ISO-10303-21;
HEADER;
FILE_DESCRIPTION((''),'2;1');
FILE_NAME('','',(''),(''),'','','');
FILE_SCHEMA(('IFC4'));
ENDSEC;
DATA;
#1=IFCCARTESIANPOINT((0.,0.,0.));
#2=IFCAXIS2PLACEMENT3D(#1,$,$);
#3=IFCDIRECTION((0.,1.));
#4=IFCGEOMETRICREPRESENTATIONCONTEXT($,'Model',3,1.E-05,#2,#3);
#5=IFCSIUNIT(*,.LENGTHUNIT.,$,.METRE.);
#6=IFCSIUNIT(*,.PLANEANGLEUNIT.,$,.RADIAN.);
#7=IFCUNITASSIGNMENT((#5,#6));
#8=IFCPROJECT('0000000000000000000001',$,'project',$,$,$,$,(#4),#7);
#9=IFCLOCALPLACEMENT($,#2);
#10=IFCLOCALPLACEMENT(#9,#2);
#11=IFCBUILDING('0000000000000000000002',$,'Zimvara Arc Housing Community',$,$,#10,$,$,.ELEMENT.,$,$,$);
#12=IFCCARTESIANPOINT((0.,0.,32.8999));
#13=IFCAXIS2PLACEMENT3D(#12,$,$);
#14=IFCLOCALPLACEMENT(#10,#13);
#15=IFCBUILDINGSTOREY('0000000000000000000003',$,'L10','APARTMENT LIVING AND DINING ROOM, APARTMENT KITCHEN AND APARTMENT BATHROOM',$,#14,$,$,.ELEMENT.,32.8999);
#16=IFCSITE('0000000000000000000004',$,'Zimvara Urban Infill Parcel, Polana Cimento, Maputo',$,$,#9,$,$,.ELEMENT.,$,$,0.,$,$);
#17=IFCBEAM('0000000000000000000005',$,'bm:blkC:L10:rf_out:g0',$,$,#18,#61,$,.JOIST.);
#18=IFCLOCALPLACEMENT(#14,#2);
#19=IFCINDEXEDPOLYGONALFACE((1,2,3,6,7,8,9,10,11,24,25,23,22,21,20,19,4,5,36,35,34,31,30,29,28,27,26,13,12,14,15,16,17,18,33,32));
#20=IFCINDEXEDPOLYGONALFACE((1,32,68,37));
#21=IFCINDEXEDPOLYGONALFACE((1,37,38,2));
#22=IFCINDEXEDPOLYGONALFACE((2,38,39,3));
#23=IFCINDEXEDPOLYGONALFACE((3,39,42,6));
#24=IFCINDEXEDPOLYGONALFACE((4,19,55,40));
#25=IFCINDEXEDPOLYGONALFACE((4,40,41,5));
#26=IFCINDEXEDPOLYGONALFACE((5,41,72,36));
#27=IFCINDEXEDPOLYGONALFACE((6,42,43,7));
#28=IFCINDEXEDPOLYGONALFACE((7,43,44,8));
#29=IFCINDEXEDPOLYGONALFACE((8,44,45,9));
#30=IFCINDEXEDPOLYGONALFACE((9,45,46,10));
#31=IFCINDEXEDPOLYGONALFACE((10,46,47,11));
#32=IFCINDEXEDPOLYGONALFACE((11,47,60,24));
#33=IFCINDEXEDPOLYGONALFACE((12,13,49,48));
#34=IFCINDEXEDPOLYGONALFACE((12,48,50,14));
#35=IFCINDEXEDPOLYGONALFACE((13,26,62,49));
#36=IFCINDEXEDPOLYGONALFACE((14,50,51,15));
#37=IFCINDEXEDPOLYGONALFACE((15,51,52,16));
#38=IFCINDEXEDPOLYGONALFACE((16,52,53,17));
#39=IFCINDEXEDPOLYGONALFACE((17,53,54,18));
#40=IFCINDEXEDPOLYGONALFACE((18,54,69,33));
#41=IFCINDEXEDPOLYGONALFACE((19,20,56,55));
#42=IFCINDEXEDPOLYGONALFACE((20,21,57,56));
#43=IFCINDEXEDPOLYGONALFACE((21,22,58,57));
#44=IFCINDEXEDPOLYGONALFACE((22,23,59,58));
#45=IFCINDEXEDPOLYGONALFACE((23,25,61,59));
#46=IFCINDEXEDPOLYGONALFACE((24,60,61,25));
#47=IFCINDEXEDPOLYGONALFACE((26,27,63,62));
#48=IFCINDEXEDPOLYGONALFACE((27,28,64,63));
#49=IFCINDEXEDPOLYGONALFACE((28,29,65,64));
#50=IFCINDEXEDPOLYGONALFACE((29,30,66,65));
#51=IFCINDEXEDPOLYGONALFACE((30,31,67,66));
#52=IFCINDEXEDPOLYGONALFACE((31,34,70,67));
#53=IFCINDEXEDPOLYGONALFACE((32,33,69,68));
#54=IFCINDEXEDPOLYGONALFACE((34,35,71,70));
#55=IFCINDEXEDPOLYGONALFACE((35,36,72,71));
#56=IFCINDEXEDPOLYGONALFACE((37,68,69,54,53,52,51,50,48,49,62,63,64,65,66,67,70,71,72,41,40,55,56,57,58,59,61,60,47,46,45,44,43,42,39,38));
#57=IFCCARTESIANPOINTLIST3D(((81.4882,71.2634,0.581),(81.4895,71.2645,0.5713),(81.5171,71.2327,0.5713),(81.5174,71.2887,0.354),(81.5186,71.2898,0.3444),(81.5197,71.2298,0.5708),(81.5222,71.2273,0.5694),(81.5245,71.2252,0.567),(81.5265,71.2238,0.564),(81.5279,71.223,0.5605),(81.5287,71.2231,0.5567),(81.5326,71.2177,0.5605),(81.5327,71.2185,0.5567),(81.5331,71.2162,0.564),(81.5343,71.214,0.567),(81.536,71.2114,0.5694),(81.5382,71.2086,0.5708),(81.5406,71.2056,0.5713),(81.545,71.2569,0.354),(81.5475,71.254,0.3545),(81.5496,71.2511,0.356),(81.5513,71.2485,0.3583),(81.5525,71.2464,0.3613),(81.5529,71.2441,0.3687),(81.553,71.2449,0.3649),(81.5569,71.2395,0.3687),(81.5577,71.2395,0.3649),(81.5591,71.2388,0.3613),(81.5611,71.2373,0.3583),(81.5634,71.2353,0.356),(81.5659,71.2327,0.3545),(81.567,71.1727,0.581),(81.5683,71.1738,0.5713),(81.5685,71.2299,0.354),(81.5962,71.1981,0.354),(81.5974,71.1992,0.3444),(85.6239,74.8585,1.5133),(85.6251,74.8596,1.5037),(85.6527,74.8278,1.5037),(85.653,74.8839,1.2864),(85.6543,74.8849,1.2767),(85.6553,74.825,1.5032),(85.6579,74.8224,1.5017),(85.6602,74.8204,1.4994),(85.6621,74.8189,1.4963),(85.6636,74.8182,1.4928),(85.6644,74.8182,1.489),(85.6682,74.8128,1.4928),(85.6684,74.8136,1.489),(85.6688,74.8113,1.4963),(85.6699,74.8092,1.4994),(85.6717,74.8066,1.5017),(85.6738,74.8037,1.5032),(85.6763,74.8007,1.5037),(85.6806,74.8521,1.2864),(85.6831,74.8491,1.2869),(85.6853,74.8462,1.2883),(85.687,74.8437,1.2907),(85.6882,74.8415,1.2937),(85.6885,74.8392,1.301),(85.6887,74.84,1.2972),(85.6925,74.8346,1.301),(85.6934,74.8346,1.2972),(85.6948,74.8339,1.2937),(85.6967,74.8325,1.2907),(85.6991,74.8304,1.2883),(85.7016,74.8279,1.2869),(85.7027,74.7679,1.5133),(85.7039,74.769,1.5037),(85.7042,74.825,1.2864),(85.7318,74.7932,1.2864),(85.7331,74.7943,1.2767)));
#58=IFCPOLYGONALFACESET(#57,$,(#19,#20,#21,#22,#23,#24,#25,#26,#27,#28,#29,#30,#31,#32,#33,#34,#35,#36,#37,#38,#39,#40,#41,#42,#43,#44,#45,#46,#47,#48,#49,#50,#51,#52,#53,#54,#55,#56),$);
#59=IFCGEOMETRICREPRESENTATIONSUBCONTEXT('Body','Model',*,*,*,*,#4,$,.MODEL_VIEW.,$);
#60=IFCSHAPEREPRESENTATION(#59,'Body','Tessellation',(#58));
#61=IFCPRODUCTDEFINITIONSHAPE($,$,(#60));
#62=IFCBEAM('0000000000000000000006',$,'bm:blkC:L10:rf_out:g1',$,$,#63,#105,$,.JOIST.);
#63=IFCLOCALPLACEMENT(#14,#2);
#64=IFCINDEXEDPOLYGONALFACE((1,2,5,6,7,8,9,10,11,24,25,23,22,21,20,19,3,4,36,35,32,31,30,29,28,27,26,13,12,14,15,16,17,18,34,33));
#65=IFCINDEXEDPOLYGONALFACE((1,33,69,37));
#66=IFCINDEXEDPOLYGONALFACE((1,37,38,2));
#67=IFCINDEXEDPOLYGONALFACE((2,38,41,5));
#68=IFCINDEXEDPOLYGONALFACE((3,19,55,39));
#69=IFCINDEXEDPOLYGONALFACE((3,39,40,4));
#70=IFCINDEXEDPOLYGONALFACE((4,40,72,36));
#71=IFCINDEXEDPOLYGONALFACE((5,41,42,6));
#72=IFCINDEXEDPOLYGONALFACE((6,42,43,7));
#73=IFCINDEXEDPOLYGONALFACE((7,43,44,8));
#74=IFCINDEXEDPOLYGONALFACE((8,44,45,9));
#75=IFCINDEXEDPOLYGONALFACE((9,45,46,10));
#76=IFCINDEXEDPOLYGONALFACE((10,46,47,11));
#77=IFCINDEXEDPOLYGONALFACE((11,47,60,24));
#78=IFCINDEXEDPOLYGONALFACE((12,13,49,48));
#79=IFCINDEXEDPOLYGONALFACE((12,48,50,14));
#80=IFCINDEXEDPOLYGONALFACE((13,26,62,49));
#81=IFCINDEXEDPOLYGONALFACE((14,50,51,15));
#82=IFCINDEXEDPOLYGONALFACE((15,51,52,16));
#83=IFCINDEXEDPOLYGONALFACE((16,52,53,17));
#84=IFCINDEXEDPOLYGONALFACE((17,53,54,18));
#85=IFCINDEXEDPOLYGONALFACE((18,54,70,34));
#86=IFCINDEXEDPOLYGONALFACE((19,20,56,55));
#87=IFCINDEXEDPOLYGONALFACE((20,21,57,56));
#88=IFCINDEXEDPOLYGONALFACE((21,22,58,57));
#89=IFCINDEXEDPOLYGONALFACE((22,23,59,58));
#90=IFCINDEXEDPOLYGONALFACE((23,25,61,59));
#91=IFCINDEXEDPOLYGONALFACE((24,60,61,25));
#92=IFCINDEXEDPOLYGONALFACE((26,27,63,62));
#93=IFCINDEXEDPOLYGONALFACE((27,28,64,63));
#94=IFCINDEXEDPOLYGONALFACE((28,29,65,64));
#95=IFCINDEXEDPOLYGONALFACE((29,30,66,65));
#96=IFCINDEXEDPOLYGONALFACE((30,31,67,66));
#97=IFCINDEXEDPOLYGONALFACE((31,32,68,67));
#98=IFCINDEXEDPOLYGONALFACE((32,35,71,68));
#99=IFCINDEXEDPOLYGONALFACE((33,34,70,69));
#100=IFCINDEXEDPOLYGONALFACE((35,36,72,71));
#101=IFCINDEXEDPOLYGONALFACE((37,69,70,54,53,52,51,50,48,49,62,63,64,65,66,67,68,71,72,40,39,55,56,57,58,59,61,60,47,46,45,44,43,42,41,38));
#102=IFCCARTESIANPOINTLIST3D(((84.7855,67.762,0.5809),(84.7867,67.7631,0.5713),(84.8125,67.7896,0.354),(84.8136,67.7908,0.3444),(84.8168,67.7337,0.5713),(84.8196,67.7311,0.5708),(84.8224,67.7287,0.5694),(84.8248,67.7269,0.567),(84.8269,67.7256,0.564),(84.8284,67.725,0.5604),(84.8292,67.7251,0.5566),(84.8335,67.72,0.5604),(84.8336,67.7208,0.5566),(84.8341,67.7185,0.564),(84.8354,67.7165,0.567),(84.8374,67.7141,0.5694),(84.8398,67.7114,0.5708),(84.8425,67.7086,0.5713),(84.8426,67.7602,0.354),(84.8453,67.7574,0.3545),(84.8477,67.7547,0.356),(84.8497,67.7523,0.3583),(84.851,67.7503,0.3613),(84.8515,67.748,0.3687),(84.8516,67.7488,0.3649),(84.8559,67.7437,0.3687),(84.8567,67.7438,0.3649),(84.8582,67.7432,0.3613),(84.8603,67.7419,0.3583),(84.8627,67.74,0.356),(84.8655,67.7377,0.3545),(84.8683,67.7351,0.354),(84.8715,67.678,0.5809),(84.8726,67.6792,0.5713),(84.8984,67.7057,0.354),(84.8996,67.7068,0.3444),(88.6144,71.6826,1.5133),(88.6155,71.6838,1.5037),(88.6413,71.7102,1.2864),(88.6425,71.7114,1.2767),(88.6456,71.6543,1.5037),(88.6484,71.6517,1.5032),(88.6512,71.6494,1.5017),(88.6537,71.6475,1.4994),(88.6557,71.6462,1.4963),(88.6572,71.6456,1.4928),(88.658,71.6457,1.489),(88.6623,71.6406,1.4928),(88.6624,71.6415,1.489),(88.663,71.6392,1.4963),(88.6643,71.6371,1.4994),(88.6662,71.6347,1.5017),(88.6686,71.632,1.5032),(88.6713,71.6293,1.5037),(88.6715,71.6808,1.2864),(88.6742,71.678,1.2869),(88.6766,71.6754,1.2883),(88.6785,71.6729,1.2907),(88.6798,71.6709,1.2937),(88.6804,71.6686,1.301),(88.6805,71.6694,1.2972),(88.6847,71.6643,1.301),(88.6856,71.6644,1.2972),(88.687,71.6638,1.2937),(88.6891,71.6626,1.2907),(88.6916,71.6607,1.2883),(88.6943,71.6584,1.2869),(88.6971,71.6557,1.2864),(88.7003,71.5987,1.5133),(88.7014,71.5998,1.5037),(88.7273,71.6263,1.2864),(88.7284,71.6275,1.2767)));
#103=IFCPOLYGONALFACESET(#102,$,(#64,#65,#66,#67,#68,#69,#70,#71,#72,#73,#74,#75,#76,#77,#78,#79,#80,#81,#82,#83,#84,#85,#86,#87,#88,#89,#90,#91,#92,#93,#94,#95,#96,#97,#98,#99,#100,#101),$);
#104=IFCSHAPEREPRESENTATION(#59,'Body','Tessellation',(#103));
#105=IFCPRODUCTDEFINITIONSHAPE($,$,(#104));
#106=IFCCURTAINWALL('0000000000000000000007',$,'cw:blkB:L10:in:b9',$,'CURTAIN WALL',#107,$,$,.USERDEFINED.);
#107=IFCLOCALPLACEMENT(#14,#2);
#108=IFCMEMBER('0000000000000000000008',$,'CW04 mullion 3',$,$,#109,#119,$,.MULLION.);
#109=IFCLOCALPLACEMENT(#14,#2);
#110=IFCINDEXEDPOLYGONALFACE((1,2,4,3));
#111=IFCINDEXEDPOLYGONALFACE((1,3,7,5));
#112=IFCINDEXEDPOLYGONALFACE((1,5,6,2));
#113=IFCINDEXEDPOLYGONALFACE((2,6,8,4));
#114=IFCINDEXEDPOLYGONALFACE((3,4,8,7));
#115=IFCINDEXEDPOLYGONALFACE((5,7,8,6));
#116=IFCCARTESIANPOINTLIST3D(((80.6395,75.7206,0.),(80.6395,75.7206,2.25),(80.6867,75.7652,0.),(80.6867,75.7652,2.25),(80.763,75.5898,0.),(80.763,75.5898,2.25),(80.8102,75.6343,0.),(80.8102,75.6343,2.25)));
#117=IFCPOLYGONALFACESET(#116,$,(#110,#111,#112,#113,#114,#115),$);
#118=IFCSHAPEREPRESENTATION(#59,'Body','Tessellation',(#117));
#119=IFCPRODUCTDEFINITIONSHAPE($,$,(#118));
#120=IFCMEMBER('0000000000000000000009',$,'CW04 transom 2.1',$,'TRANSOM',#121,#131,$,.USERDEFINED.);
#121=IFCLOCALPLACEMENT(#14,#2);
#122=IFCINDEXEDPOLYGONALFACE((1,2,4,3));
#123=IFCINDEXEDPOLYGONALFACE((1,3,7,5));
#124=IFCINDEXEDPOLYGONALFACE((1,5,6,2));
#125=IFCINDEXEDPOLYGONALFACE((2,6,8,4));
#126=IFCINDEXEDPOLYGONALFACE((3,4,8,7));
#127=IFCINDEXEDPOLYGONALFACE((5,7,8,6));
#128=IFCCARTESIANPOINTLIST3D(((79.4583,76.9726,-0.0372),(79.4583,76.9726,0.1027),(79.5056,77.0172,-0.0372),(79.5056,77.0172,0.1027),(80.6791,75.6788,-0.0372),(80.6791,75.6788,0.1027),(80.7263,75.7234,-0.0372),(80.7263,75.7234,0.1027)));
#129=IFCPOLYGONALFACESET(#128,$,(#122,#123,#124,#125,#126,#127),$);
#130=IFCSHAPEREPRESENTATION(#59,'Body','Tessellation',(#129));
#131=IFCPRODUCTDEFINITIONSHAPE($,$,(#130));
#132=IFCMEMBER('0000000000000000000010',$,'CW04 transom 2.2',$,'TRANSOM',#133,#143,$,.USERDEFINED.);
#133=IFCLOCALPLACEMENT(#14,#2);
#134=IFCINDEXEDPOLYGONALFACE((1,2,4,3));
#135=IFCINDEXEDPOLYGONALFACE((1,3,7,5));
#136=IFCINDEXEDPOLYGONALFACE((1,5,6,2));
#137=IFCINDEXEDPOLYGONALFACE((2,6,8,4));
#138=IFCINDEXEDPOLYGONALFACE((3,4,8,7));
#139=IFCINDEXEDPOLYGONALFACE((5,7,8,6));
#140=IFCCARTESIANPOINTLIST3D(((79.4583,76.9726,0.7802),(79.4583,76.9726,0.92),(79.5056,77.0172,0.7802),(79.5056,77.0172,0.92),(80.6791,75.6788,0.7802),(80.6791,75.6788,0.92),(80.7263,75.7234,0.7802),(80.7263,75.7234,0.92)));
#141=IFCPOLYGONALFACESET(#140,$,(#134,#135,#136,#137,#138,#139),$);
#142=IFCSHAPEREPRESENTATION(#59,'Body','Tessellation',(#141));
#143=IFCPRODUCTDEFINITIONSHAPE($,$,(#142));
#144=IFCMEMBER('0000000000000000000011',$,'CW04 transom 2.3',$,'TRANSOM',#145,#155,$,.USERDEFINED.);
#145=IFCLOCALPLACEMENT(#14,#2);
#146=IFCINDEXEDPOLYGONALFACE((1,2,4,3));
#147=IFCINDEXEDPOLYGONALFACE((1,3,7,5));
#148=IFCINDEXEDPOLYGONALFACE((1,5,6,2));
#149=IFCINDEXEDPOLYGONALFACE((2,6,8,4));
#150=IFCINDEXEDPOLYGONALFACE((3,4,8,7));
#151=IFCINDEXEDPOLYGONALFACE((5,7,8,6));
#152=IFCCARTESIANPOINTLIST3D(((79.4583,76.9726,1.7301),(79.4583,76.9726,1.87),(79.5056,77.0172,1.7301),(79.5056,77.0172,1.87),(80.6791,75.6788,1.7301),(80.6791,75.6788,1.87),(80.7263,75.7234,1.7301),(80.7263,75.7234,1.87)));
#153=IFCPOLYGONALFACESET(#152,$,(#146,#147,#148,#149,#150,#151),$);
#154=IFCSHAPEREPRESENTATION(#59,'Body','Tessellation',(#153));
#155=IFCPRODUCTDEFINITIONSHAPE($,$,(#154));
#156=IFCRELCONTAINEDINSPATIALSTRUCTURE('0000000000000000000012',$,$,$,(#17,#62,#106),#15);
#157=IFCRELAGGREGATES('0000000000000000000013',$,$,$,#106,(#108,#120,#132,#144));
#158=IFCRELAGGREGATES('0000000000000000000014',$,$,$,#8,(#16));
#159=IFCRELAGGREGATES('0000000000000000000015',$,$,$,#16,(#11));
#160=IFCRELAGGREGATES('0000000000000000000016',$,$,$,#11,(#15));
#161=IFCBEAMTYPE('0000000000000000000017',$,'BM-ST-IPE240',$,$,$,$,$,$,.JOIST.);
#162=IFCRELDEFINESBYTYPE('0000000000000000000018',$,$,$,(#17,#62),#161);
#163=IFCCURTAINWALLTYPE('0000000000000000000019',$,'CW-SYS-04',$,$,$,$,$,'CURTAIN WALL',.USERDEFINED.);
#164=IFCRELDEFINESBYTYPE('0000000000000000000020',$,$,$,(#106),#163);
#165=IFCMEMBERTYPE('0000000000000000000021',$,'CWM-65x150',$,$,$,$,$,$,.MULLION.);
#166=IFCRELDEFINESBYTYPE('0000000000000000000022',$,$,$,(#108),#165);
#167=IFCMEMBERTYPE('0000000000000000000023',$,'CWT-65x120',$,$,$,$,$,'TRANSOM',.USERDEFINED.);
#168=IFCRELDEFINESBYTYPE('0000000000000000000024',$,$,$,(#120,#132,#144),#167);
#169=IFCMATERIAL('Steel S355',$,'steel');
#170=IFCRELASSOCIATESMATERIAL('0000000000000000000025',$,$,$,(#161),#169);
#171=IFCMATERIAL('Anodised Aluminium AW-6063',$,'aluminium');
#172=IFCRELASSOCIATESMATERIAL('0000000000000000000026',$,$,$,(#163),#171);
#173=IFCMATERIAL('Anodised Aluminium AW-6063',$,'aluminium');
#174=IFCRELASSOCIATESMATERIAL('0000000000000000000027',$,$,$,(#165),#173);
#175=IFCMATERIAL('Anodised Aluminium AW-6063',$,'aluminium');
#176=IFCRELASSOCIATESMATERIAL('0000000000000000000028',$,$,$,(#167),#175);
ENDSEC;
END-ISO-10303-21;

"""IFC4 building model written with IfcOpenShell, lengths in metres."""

from ifc_helpers import new_model, si_unit, direction, frame, origin, origin_2d, place, context, subcontext, project, spatial, rectangle, i_section, extrude, material, material_profile, profile_set, type_object, element, aggregate, save


model = new_model("IFC4")

# Units and contexts
model_context = context("Model", 3, precision=1e-05, world=origin(), true_north=direction((0.0, 1.0)))
body_context = subcontext(model_context, "Body", "Model", "MODEL_VIEW")
ifc_project = project(units=[si_unit("LENGTHUNIT", "METRE"), si_unit("PLANEANGLEUNIT", "RADIAN")], contexts=[model_context])

# Site, building, storey
site_placement = place(None, origin())
site = spatial("IfcSite", under=ifc_project, at=site_placement, Name="Zimvara Urban Infill Parcel, Polana Cimento, Maputo", CompositionType="ELEMENT", RefElevation=0.0)
building_placement = place(site_placement, origin())
building = spatial("IfcBuilding", under=site, at=building_placement, Name="Zimvara Arc Housing Community", CompositionType="ELEMENT")
storey_placement = place(building_placement, frame((0.0, 0.0, 32.8999)))
storey = spatial("IfcBuildingStorey", under=building, at=storey_placement, Name="L10", Description="APARTMENT LIVING AND DINING ROOM, APARTMENT KITCHEN AND APARTMENT BATHROOM", CompositionType="ELEMENT", Elevation=32.8999)

# Beams
ifc_material_1 = material(Name="Steel S355", Category="steel")
ifc_material_profile_1 = material_profile(ifc_material_1, i_section(OverallWidth=0.1201, OverallDepth=0.24, WebThickness=0.0061, FlangeThickness=0.0098, FilletRadius=0.0149, at=origin_2d()), Name="IPE 240")
ifc_profile_set_1 = profile_set([ifc_material_profile_1], Name="Steel S355")
beam_type_1 = type_object("IfcBeamType", Name="BM-ST-IPE240", PredefinedType="JOIST", material=ifc_profile_set_1)
beam_1_placement = place(storey_placement, frame((85.6785, 74.8264, 1.395), z_axis=(-0.744011, -0.646771, -0.167732), x_axis=(0.656066, -0.754703, 0.0)))
element("IfcBeam", 1, at=beam_1_placement, inside=storey, type_object=beam_type_1, Name="bm:blkC:L10:rf_out:g0", PredefinedType="JOIST", context=body_context, shape_type="SweptSolid", body=[
    extrude(i_section(OverallWidth=0.1201, OverallDepth=0.24, WebThickness=0.0061, FlangeThickness=0.0098, FilletRadius=0.0149, at=origin_2d()), origin(), (0.0, 0.0, 1.0), 5.5586),
])
beam_2_placement = place(storey_placement, frame((88.6714, 71.655, 1.395), z_axis=(-0.688784, -0.705297, -0.167727), x_axis=(0.715433, -0.698682, 0.0)))
element("IfcBeam", 2, at=beam_2_placement, inside=storey, type_object=beam_type_1, Name="bm:blkC:L10:rf_out:g1", PredefinedType="JOIST", context=body_context, shape_type="SweptSolid", body=[
    extrude(i_section(OverallWidth=0.1201, OverallDepth=0.24, WebThickness=0.0061, FlangeThickness=0.0098, FilletRadius=0.0149, at=origin_2d()), origin(), (0.0, 0.0, 1.0), 5.5588),
])

# Curtain wall, members
ifc_material_2 = material(Name="Anodised Aluminium AW-6063", Category="aluminium")
curtain_wall_type = type_object("IfcCurtainWallType", Name="CW-SYS-04", ElementType="CURTAIN WALL", PredefinedType="USERDEFINED", material=ifc_material_2)
curtain_wall_placement = place(storey_placement, origin())
curtain_wall = element("IfcCurtainWall", 3, at=curtain_wall_placement, inside=storey, type_object=curtain_wall_type, Name="cw:blkB:L10:in:b9", ObjectType="CURTAIN WALL", PredefinedType="USERDEFINED")
ifc_material_3 = material(Name="Anodised Aluminium AW-6063", Category="aluminium")
ifc_material_profile_2 = material_profile(ifc_material_3, rectangle(XDim=0.0649, YDim=0.1799, at=origin_2d()), Name="ALU 65x180")
ifc_profile_set_2 = profile_set([ifc_material_profile_2], Name="Anodised Aluminium AW-6063")
member_type_1 = type_object("IfcMemberType", Name="CWM-65x150", PredefinedType="MULLION", material=ifc_profile_set_2)
member_1_placement = place(storey_placement, frame((80.7249, 75.6775, 0.0), z_axis=(0.0, 0.0, 1.0), x_axis=(0.727294, 0.686326, 0.0)))
member_1 = element("IfcMember", 4, at=member_1_placement, type_object=member_type_1, Name="CW04 mullion 3", PredefinedType="MULLION", context=body_context, shape_type="SweptSolid", body=[
    extrude(rectangle(XDim=0.0649, YDim=0.1799, at=origin_2d()), origin(), (0.0, 0.0, 1.0), 2.25),
])
ifc_material_4 = material(Name="Anodised Aluminium AW-6063", Category="aluminium")
ifc_material_profile_3 = material_profile(ifc_material_4, rectangle(XDim=0.0649, YDim=0.1399, at=origin_2d()), Name="ALU 65x140")
ifc_profile_set_3 = profile_set([ifc_material_profile_3], Name="Anodised Aluminium AW-6063")
member_type_2 = type_object("IfcMemberType", Name="CWT-65x120", ElementType="TRANSOM", PredefinedType="USERDEFINED", material=ifc_profile_set_3)
member_2_placement = place(storey_placement, frame((79.4819, 76.9949, 0.0327), z_axis=(0.686289, -0.727329, 0.0), x_axis=(0.727329, 0.686289, 0.0)))
member_2 = element("IfcMember", 5, at=member_2_placement, type_object=member_type_2, Name="CW04 transom 2.1", ObjectType="TRANSOM", PredefinedType="USERDEFINED", context=body_context, shape_type="SweptSolid", body=[
    extrude(rectangle(XDim=0.0649, YDim=0.1399, at=origin_2d()), origin(), (0.0, 0.0, 1.0), 1.7788),
])
member_3_placement = place(storey_placement, frame((79.4819, 76.9949, 0.8501), z_axis=(0.686289, -0.727329, 0.0), x_axis=(0.727329, 0.686289, 0.0)))
member_3 = element("IfcMember", 6, at=member_3_placement, type_object=member_type_2, Name="CW04 transom 2.2", ObjectType="TRANSOM", PredefinedType="USERDEFINED", context=body_context, shape_type="SweptSolid", body=[
    extrude(rectangle(XDim=0.0649, YDim=0.1399, at=origin_2d()), origin(), (0.0, 0.0, 1.0), 1.7788),
])
member_4_placement = place(storey_placement, frame((79.4819, 76.9949, 1.8), z_axis=(0.686289, -0.727329, 0.0), x_axis=(0.727329, 0.686289, 0.0)))
member_4 = element("IfcMember", 7, at=member_4_placement, type_object=member_type_2, Name="CW04 transom 2.3", ObjectType="TRANSOM", PredefinedType="USERDEFINED", context=body_context, shape_type="SweptSolid", body=[
    extrude(rectangle(XDim=0.0649, YDim=0.1399, at=origin_2d()), origin(), (0.0, 0.0, 1.0), 1.7788),
])

aggregate(curtain_wall, [member_1, member_2, member_3, member_4])

save(model, "model.ifc")
